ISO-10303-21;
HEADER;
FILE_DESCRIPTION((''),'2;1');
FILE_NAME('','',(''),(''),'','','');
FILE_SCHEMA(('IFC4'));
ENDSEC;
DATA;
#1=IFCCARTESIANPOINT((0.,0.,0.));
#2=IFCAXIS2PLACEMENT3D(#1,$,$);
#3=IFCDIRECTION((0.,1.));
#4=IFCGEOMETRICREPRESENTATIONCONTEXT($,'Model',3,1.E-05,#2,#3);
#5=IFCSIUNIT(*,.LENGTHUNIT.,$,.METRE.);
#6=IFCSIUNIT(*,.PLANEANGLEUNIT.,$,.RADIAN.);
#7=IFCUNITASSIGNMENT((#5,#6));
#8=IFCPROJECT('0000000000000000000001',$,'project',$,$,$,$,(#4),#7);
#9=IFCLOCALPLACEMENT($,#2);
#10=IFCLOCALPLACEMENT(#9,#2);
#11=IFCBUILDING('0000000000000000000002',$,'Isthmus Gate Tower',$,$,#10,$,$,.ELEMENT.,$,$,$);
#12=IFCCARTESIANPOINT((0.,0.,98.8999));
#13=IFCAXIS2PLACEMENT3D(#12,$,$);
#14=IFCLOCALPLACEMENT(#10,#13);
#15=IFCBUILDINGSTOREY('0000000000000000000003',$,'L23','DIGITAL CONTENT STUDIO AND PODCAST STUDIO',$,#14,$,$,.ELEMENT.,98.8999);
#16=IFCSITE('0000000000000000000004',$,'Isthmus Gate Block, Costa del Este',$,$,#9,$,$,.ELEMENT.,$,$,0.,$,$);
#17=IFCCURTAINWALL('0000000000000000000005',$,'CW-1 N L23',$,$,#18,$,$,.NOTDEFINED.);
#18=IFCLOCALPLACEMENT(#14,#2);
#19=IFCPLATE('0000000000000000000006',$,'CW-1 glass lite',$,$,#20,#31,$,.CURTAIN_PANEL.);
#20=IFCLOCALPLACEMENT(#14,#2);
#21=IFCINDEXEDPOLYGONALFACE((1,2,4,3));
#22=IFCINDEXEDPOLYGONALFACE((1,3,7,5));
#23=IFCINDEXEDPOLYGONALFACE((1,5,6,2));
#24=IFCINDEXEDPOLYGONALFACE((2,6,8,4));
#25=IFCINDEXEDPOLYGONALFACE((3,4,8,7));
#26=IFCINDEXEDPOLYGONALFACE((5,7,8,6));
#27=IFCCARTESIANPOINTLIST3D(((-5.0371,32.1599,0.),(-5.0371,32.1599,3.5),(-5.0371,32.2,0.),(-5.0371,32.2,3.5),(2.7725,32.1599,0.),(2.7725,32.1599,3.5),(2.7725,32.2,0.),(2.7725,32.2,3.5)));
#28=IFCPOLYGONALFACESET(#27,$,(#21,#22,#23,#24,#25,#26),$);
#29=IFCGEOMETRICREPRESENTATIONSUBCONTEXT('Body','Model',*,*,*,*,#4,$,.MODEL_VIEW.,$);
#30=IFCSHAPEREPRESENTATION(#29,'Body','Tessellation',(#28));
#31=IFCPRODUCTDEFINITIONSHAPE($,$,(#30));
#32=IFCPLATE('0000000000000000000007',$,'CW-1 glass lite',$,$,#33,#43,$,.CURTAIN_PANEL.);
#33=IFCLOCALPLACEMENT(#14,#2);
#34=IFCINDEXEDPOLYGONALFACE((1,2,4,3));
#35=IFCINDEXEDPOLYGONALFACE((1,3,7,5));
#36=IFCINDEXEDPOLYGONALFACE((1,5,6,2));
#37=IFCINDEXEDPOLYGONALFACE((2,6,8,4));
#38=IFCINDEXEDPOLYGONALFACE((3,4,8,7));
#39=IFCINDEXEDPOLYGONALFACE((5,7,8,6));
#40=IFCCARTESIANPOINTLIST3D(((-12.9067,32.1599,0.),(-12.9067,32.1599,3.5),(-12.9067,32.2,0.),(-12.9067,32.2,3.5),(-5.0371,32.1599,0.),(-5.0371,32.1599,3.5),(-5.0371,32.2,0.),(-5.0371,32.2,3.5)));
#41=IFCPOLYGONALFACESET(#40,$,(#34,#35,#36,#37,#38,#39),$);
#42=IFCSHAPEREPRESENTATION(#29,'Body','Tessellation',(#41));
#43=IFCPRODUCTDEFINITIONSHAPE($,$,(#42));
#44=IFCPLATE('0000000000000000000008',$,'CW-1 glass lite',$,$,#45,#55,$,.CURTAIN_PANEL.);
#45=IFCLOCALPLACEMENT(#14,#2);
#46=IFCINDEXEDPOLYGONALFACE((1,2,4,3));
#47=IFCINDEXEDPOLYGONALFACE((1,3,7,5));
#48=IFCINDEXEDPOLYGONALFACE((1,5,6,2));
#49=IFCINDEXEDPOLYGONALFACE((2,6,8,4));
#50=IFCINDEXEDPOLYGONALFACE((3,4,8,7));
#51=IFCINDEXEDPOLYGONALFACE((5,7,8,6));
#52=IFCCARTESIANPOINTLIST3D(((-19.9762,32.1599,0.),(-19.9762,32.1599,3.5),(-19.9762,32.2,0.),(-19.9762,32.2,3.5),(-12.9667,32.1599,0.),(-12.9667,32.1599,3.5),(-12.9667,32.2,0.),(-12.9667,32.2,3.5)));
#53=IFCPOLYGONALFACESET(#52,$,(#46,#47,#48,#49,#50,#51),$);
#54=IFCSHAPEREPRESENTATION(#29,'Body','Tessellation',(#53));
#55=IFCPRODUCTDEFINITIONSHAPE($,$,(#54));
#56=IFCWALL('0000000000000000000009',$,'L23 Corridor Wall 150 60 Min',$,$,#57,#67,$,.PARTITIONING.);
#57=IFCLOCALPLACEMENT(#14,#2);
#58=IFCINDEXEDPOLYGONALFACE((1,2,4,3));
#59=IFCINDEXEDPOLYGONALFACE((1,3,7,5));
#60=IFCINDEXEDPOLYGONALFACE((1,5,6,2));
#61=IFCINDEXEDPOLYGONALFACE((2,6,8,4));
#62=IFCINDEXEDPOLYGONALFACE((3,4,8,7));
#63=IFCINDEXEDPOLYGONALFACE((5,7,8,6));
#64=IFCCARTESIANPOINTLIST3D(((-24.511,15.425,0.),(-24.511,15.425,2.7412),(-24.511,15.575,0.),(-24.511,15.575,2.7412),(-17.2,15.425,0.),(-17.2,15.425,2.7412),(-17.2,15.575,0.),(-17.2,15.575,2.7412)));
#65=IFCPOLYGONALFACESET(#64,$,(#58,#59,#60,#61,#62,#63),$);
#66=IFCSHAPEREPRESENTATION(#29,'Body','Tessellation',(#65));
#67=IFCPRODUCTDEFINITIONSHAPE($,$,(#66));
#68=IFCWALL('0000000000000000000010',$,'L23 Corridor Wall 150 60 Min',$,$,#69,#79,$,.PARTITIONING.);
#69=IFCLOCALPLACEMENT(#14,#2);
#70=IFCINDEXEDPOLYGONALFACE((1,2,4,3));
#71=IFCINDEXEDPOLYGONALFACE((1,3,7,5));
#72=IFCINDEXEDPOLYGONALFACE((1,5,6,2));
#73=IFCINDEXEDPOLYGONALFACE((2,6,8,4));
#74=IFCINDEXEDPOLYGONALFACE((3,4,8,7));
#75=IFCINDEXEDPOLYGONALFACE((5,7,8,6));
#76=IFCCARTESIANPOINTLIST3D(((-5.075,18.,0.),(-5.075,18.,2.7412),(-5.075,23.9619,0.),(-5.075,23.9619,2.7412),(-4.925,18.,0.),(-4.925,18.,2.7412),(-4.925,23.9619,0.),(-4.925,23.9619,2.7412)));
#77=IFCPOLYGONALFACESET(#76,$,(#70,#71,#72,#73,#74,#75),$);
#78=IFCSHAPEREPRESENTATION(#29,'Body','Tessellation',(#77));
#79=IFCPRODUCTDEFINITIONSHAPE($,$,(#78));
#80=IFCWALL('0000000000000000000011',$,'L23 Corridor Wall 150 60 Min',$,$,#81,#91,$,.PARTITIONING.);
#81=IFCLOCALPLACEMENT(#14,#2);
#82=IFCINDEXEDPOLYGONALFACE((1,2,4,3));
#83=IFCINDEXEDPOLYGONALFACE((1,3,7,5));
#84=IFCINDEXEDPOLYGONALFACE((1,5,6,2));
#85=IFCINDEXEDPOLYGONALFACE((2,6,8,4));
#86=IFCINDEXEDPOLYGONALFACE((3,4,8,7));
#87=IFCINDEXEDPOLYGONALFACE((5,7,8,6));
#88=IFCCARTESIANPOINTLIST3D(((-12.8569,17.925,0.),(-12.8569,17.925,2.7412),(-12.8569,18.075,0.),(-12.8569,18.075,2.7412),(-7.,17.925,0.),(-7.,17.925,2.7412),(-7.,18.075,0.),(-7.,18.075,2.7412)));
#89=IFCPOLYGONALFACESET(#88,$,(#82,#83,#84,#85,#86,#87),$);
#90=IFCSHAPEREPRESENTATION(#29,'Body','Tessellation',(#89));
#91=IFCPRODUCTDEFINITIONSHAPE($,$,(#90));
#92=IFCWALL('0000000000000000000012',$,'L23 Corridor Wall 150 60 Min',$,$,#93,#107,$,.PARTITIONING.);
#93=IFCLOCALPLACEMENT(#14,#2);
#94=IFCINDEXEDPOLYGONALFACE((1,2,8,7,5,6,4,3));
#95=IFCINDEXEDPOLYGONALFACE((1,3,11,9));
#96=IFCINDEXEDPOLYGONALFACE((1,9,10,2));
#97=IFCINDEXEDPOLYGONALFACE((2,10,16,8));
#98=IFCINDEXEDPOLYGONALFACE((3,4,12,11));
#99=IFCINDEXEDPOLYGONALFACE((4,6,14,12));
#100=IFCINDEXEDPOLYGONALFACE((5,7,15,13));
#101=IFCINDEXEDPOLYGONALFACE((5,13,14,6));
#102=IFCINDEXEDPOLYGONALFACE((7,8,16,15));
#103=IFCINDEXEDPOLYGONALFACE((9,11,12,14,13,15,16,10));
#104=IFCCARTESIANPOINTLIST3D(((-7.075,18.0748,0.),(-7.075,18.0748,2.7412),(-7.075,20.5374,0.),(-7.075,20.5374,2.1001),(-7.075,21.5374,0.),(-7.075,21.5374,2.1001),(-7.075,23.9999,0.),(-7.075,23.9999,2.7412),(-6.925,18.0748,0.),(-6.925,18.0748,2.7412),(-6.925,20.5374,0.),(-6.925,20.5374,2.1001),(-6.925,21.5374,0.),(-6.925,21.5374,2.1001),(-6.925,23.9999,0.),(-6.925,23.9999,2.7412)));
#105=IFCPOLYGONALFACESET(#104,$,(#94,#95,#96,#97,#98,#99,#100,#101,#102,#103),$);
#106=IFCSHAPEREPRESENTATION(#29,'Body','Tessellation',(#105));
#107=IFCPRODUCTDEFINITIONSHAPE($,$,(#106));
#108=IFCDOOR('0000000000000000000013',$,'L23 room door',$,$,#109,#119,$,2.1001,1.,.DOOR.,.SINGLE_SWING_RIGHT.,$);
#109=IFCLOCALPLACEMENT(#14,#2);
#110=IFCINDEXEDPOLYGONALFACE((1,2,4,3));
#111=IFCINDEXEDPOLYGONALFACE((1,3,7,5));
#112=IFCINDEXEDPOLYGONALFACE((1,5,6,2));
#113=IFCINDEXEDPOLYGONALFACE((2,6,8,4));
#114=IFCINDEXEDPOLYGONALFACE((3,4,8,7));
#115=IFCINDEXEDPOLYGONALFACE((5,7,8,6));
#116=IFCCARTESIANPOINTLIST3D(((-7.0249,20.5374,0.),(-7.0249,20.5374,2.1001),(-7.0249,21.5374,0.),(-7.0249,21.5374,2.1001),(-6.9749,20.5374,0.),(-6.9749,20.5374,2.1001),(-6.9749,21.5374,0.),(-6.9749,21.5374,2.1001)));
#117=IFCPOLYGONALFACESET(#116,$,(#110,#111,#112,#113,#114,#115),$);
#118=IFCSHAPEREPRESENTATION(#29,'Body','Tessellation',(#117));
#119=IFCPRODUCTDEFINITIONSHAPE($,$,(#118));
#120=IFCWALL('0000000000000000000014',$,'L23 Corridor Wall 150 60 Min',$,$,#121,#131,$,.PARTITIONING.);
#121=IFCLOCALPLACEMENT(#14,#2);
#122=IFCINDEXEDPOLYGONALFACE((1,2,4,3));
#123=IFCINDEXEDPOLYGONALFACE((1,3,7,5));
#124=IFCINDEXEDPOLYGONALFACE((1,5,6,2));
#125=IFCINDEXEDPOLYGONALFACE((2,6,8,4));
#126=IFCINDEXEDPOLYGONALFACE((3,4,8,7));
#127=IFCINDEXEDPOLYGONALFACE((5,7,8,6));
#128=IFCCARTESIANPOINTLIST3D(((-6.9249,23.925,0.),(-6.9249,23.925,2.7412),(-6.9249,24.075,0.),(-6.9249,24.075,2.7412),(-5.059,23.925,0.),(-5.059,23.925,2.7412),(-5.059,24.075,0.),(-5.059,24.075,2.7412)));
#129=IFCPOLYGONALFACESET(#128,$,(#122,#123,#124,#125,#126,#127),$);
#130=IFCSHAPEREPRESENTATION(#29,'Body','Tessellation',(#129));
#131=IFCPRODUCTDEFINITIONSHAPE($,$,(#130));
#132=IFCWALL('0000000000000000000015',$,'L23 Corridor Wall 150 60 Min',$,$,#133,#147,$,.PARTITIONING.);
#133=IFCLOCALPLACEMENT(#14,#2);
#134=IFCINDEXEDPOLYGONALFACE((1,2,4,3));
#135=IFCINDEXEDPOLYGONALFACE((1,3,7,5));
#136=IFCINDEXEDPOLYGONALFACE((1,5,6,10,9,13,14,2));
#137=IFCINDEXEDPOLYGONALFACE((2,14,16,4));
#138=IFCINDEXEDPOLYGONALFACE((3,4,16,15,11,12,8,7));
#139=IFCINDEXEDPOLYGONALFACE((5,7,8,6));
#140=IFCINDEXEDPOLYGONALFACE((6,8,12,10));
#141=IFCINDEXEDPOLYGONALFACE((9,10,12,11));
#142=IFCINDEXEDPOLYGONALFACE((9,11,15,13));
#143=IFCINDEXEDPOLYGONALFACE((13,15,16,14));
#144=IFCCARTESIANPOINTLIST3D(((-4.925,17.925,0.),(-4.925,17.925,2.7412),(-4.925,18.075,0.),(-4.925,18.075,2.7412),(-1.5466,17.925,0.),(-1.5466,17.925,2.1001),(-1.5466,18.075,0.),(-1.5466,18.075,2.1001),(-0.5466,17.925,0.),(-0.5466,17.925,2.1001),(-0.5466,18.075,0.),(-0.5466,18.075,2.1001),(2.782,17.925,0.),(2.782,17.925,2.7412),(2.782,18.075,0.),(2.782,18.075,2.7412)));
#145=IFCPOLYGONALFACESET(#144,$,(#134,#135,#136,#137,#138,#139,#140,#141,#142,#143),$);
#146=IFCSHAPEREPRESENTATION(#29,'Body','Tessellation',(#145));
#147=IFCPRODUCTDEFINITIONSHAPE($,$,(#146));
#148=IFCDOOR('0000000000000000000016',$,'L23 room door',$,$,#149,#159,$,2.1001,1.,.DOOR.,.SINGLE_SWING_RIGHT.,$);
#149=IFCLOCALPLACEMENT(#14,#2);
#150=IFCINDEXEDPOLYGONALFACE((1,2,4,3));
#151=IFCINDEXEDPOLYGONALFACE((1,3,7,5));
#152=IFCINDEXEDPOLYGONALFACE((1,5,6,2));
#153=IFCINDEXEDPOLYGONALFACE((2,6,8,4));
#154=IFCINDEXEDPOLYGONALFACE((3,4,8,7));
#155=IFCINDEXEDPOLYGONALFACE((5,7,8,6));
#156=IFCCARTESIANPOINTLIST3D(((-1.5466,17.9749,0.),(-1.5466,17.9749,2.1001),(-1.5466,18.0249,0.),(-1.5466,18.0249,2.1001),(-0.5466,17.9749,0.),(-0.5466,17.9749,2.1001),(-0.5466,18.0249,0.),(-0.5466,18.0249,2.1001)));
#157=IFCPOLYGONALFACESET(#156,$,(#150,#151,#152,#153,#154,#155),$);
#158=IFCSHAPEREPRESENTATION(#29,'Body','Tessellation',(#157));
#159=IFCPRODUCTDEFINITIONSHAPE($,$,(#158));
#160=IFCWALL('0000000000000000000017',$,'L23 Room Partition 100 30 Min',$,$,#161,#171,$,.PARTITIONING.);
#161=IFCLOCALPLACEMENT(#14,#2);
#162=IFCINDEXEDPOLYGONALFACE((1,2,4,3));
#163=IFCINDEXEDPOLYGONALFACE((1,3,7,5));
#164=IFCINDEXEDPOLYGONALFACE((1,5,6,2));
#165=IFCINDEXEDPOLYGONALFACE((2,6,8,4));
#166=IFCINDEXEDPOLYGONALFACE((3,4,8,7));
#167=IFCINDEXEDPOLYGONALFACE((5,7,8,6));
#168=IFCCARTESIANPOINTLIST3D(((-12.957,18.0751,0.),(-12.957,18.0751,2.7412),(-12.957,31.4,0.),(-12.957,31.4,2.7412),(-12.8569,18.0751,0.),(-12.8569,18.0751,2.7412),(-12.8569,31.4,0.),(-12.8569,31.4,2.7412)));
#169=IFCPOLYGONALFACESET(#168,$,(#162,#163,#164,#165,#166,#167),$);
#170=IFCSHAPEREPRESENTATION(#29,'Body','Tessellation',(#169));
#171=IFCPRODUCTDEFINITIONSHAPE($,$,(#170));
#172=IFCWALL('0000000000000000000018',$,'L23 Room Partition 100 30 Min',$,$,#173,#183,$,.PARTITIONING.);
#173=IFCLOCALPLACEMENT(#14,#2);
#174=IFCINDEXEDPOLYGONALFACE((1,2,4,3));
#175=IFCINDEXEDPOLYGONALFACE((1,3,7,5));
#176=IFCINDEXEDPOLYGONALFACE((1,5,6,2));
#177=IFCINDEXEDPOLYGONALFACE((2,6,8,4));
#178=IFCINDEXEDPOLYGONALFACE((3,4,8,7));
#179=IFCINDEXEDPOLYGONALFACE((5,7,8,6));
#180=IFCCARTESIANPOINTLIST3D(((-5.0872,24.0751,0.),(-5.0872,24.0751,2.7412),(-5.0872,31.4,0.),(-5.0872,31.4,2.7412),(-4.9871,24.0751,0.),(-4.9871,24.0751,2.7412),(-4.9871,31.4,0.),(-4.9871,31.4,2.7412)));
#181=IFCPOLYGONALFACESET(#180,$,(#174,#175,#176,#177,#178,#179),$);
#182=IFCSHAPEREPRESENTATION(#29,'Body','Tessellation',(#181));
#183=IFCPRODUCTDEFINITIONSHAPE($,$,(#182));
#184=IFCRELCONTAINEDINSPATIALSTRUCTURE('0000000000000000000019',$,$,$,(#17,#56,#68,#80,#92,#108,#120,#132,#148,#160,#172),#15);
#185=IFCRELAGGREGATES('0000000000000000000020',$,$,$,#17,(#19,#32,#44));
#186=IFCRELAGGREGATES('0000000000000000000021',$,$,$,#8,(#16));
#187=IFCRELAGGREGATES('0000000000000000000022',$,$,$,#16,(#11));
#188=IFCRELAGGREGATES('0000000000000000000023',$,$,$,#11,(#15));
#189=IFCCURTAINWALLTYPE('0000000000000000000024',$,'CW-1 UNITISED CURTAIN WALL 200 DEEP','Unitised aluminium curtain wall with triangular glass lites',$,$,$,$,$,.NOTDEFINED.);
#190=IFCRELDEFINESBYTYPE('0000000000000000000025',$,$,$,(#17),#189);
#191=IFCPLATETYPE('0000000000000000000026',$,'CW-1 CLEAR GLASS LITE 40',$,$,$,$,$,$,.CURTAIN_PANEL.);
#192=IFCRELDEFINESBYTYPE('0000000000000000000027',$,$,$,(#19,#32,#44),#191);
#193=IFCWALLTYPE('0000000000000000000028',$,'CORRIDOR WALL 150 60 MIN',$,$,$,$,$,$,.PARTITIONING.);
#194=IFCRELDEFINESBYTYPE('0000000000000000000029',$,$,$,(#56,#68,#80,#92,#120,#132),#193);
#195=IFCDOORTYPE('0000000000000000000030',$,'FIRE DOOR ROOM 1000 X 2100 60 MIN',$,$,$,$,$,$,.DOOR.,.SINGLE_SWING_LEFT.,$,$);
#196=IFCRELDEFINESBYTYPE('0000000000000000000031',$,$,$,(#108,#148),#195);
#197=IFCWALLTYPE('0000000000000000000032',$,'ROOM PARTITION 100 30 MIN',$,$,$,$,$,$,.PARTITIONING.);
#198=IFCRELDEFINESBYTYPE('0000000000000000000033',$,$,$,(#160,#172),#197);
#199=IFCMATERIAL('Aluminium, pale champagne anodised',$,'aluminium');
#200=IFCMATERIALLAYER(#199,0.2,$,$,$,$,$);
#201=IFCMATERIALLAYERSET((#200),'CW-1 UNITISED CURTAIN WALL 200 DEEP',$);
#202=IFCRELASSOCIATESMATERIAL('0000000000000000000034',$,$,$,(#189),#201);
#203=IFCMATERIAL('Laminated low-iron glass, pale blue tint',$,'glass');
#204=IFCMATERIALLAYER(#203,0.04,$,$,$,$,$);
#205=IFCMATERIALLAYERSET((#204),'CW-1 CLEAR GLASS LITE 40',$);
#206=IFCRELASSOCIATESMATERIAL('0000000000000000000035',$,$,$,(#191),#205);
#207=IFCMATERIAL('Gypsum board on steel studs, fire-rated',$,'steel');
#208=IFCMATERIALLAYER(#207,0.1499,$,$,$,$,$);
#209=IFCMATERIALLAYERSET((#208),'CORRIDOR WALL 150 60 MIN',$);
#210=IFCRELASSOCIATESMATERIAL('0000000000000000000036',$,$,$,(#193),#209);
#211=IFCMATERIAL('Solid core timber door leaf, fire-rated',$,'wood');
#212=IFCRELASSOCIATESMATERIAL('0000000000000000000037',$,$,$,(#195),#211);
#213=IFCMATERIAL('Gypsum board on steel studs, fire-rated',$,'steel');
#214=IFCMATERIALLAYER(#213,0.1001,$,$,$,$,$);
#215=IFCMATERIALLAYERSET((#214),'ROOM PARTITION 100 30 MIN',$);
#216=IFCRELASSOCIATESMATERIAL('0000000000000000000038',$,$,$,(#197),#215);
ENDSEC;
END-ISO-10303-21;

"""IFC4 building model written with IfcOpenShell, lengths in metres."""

from ifc_helpers import new_model, si_unit, direction, frame, frame_2d, origin, origin_2d, place, context, subcontext, project, spatial, rectangle, extrude, material, layer, layer_set, type_object, element, fill, aggregate, save


model = new_model("IFC4")

# Units and contexts
model_context = context("Model", 3, precision=1e-05, world=origin(), true_north=direction((0.0, 1.0)))
body_context = subcontext(model_context, "Body", "Model", "MODEL_VIEW")
ifc_project = project(units=[si_unit("LENGTHUNIT", "METRE"), si_unit("PLANEANGLEUNIT", "RADIAN")], contexts=[model_context])

# Site, building, storey
site_placement = place(None, origin())
site = spatial("IfcSite", under=ifc_project, at=site_placement, Name="Isthmus Gate Block, Costa del Este", CompositionType="ELEMENT", RefElevation=0.0)
building_placement = place(site_placement, origin())
building = spatial("IfcBuilding", under=site, at=building_placement, Name="Isthmus Gate Tower", CompositionType="ELEMENT")
storey_placement = place(building_placement, frame((0.0, 0.0, 98.8999)))
storey = spatial("IfcBuildingStorey", under=building, at=storey_placement, Name="L23", Description="DIGITAL CONTENT STUDIO AND PODCAST STUDIO", CompositionType="ELEMENT", Elevation=98.8999)

# Curtain wall
ifc_material_1 = material(Name="Aluminium, pale champagne anodised", Category="aluminium")
ifc_layer_1 = layer(ifc_material_1, 0.2)
ifc_layer_set_1 = layer_set([ifc_layer_1], Name="CW-1 UNITISED CURTAIN WALL 200 DEEP")
curtain_wall_type = type_object("IfcCurtainWallType", Name="CW-1 UNITISED CURTAIN WALL 200 DEEP", Description="Unitised aluminium curtain wall with triangular glass lites", PredefinedType="NOTDEFINED", material=ifc_layer_set_1)
curtain_wall_placement = place(storey_placement, origin())
curtain_wall = element("IfcCurtainWall", 1, at=curtain_wall_placement, inside=storey, type_object=curtain_wall_type, Name="CW-1 N L23", PredefinedType="NOTDEFINED")

# Plates
ifc_material_2 = material(Name="Laminated low-iron glass, pale blue tint", Category="glass")
ifc_layer_2 = layer(ifc_material_2, 0.04)
ifc_layer_set_2 = layer_set([ifc_layer_2], Name="CW-1 CLEAR GLASS LITE 40")
plate_type = type_object("IfcPlateType", Name="CW-1 CLEAR GLASS LITE 40", PredefinedType="CURTAIN_PANEL", material=ifc_layer_set_2)
plate_1_placement = place(storey_placement, frame((-1.1323, 32.1799, 0.0), z_axis=(0.0, 0.0, 1.0), x_axis=(-1.0, 0.0, 0.0)))
plate_1 = element("IfcPlate", 2, at=plate_1_placement, type_object=plate_type, Name="CW-1 glass lite", PredefinedType="CURTAIN_PANEL", context=body_context, shape_type="SweptSolid", body=[
    extrude(rectangle(XDim=7.8096, YDim=0.04, at=origin_2d()), origin(), (0.0, 0.0, 1.0), 3.5),
])
plate_2_placement = place(storey_placement, frame((-8.9719, 32.1799, 0.0), z_axis=(0.0, 0.0, 1.0), x_axis=(-1.0, 0.0, 0.0)))
plate_2 = element("IfcPlate", 3, at=plate_2_placement, type_object=plate_type, Name="CW-1 glass lite", PredefinedType="CURTAIN_PANEL", context=body_context, shape_type="SweptSolid", body=[
    extrude(rectangle(XDim=7.8696, YDim=0.04, at=origin_2d()), origin(), (0.0, 0.0, 1.0), 3.5),
])
plate_3_placement = place(storey_placement, frame((-16.4714, 32.1799, 0.0), z_axis=(0.0, 0.0, 1.0), x_axis=(-1.0, 0.0, 0.0)))
plate_3 = element("IfcPlate", 4, at=plate_3_placement, type_object=plate_type, Name="CW-1 glass lite", PredefinedType="CURTAIN_PANEL", context=body_context, shape_type="SweptSolid", body=[
    extrude(rectangle(XDim=7.0095, YDim=0.04, at=origin_2d()), origin(), (0.0, 0.0, 1.0), 3.5),
])
aggregate(curtain_wall, [plate_1, plate_2, plate_3])

# Walls
ifc_material_3 = material(Name="Gypsum board on steel studs, fire-rated", Category="steel")
ifc_layer_3 = layer(ifc_material_3, 0.1499)
ifc_layer_set_3 = layer_set([ifc_layer_3], Name="CORRIDOR WALL 150 60 MIN")
wall_type_1 = type_object("IfcWallType", Name="CORRIDOR WALL 150 60 MIN", PredefinedType="PARTITIONING", material=ifc_layer_set_3)
wall_1_placement = place(storey_placement, frame((-17.2, 15.5, 0.0), z_axis=(0.0, 0.0, 1.0), x_axis=(-1.0, 0.0, 0.0)))
element("IfcWall", 5, at=wall_1_placement, inside=storey, type_object=wall_type_1, Name="L23 Corridor Wall 150 60 Min", PredefinedType="PARTITIONING", context=body_context, shape_type="SweptSolid", body=[
    extrude(rectangle(XDim=7.311, YDim=0.1499, at=frame_2d((3.6555, 0.0))), origin(), (0.0, 0.0, 1.0), 2.7412),
])
wall_2_placement = place(storey_placement, frame((-5.0, 23.9619, 0.0), z_axis=(0.0, 0.0, 1.0), x_axis=(0.0, -1.0, 0.0)))
element("IfcWall", 6, at=wall_2_placement, inside=storey, type_object=wall_type_1, Name="L23 Corridor Wall 150 60 Min", PredefinedType="PARTITIONING", context=body_context, shape_type="SweptSolid", body=[
    extrude(rectangle(XDim=5.9619, YDim=0.1499, at=frame_2d((2.981, 0.0))), origin(), (0.0, 0.0, 1.0), 2.7412),
])
wall_3_placement = place(storey_placement, frame((-12.8569, 18.0, 0.0), z_axis=(0.0, 0.0, 1.0), x_axis=(1.0, 0.0, 0.0)))
element("IfcWall", 7, at=wall_3_placement, inside=storey, type_object=wall_type_1, Name="L23 Corridor Wall 150 60 Min", PredefinedType="PARTITIONING", context=body_context, shape_type="SweptSolid", body=[
    extrude(rectangle(XDim=5.8569, YDim=0.1499, at=frame_2d((2.9285, 0.0))), origin(), (0.0, 0.0, 1.0), 2.7412),
])

# Wall, opening, door
wall_4_placement = place(storey_placement, frame((-7.0, 18.075, 0.0), z_axis=(0.0, 0.0, 1.0), x_axis=(0.0, 1.0, 0.0)))
wall_4 = element("IfcWall", 8, at=wall_4_placement, inside=storey, type_object=wall_type_1, Name="L23 Corridor Wall 150 60 Min", PredefinedType="PARTITIONING", context=body_context, shape_type="SweptSolid", body=[
    extrude(rectangle(XDim=5.925, YDim=0.1499, at=frame_2d((2.9624, 0.0))), origin(), (0.0, 0.0, 1.0), 2.7412),
])
opening_1_placement = place(wall_4_placement, frame((2.4624, 0.0, 0.0)))
opening_1 = element("IfcOpeningElement", 9, at=opening_1_placement, cuts=wall_4, PredefinedType="OPENING", context=body_context, shape_type="SweptSolid", body=[
    extrude(rectangle(XDim=1.0, YDim=2.1001, at=frame_2d((0.5, 1.05))), frame((0.0, 0.085, 0.0), z_axis=(0.0, -1.0, 0.0), x_axis=(1.0, 0.0, 0.0)), (0.0, 0.0, 1.0), 0.1699),
])
ifc_material_4 = material(Name="Solid core timber door leaf, fire-rated", Category="wood")
door_type = type_object("IfcDoorType", Name="FIRE DOOR ROOM 1000 X 2100 60 MIN", OperationType="SINGLE_SWING_LEFT", PredefinedType="DOOR", material=ifc_material_4)
door_1_placement = place(opening_1_placement, origin())
door_1 = element("IfcDoor", 10, at=door_1_placement, inside=storey, type_object=door_type, Name="L23 room door", OperationType="SINGLE_SWING_RIGHT", OverallHeight=2.1001, OverallWidth=1.0, PredefinedType="DOOR", context=body_context, shape_type="SweptSolid", body=[
    extrude(rectangle(XDim=1.0, YDim=2.1001, at=frame_2d((0.5, 1.05))), frame((0.0, 0.0249, 0.0), z_axis=(0.0, -1.0, 0.0), x_axis=(1.0, 0.0, 0.0)), (0.0, 0.0, 1.0), 0.05),
])
fill(opening_1, door_1)

# Wall
wall_5_placement = place(storey_placement, frame((-6.925, 24.0, 0.0), z_axis=(0.0, 0.0, 1.0), x_axis=(1.0, 0.0, 0.0)))
element("IfcWall", 11, at=wall_5_placement, inside=storey, type_object=wall_type_1, Name="L23 Corridor Wall 150 60 Min", PredefinedType="PARTITIONING", context=body_context, shape_type="SweptSolid", body=[
    extrude(rectangle(XDim=1.866, YDim=0.1499, at=frame_2d((0.9331, 0.0))), origin(), (0.0, 0.0, 1.0), 2.7412),
])

# Wall, opening, door
wall_6_placement = place(storey_placement, frame((-4.925, 18.0, 0.0), z_axis=(0.0, 0.0, 1.0), x_axis=(1.0, 0.0, 0.0)))
wall_6 = element("IfcWall", 12, at=wall_6_placement, inside=storey, type_object=wall_type_1, Name="L23 Corridor Wall 150 60 Min", PredefinedType="PARTITIONING", context=body_context, shape_type="SweptSolid", body=[
    extrude(rectangle(XDim=7.707, YDim=0.1499, at=frame_2d((3.8535, 0.0))), origin(), (0.0, 0.0, 1.0), 2.7412),
])
opening_2_placement = place(wall_6_placement, frame((3.3784, 0.0, 0.0)))
opening_2 = element("IfcOpeningElement", 13, at=opening_2_placement, cuts=wall_6, PredefinedType="OPENING", context=body_context, shape_type="SweptSolid", body=[
    extrude(rectangle(XDim=1.0, YDim=2.1001, at=frame_2d((0.5, 1.05))), frame((0.0, 0.085, 0.0), z_axis=(0.0, -1.0, 0.0), x_axis=(1.0, 0.0, 0.0)), (0.0, 0.0, 1.0), 0.1699),
])
door_2_placement = place(opening_2_placement, origin())
door_2 = element("IfcDoor", 14, at=door_2_placement, inside=storey, type_object=door_type, Name="L23 room door", OperationType="SINGLE_SWING_RIGHT", OverallHeight=2.1001, OverallWidth=1.0, PredefinedType="DOOR", context=body_context, shape_type="SweptSolid", body=[
    extrude(rectangle(XDim=1.0, YDim=2.1001, at=frame_2d((0.5, 1.05))), frame((0.0, 0.0249, 0.0), z_axis=(0.0, -1.0, 0.0), x_axis=(1.0, 0.0, 0.0)), (0.0, 0.0, 1.0), 0.05),
])
fill(opening_2, door_2)

# Walls
ifc_material_5 = material(Name="Gypsum board on steel studs, fire-rated", Category="steel")
ifc_layer_4 = layer(ifc_material_5, 0.1001)
ifc_layer_set_4 = layer_set([ifc_layer_4], Name="ROOM PARTITION 100 30 MIN")
wall_type_2 = type_object("IfcWallType", Name="ROOM PARTITION 100 30 MIN", PredefinedType="PARTITIONING", material=ifc_layer_set_4)
wall_7_placement = place(storey_placement, frame((-12.907, 18.075, 0.0), z_axis=(0.0, 0.0, 1.0), x_axis=(0.0, 1.0, 0.0)))
element("IfcWall", 15, at=wall_7_placement, inside=storey, type_object=wall_type_2, Name="L23 Room Partition 100 30 Min", PredefinedType="PARTITIONING", context=body_context, shape_type="SweptSolid", body=[
    extrude(rectangle(XDim=13.325, YDim=0.1001, at=frame_2d((6.6626, 0.0))), origin(), (0.0, 0.0, 1.0), 2.7412),
])
wall_8_placement = place(storey_placement, frame((-5.0371, 24.075, 0.0), z_axis=(0.0, 0.0, 1.0), x_axis=(0.0, 1.0, 0.0)))
element("IfcWall", 16, at=wall_8_placement, inside=storey, type_object=wall_type_2, Name="L23 Room Partition 100 30 Min", PredefinedType="PARTITIONING", context=body_context, shape_type="SweptSolid", body=[
    extrude(rectangle(XDim=7.325, YDim=0.1001, at=frame_2d((3.6626, 0.0))), origin(), (0.0, 0.0, 1.0), 2.7412),
])

save(model, "model.ifc")
